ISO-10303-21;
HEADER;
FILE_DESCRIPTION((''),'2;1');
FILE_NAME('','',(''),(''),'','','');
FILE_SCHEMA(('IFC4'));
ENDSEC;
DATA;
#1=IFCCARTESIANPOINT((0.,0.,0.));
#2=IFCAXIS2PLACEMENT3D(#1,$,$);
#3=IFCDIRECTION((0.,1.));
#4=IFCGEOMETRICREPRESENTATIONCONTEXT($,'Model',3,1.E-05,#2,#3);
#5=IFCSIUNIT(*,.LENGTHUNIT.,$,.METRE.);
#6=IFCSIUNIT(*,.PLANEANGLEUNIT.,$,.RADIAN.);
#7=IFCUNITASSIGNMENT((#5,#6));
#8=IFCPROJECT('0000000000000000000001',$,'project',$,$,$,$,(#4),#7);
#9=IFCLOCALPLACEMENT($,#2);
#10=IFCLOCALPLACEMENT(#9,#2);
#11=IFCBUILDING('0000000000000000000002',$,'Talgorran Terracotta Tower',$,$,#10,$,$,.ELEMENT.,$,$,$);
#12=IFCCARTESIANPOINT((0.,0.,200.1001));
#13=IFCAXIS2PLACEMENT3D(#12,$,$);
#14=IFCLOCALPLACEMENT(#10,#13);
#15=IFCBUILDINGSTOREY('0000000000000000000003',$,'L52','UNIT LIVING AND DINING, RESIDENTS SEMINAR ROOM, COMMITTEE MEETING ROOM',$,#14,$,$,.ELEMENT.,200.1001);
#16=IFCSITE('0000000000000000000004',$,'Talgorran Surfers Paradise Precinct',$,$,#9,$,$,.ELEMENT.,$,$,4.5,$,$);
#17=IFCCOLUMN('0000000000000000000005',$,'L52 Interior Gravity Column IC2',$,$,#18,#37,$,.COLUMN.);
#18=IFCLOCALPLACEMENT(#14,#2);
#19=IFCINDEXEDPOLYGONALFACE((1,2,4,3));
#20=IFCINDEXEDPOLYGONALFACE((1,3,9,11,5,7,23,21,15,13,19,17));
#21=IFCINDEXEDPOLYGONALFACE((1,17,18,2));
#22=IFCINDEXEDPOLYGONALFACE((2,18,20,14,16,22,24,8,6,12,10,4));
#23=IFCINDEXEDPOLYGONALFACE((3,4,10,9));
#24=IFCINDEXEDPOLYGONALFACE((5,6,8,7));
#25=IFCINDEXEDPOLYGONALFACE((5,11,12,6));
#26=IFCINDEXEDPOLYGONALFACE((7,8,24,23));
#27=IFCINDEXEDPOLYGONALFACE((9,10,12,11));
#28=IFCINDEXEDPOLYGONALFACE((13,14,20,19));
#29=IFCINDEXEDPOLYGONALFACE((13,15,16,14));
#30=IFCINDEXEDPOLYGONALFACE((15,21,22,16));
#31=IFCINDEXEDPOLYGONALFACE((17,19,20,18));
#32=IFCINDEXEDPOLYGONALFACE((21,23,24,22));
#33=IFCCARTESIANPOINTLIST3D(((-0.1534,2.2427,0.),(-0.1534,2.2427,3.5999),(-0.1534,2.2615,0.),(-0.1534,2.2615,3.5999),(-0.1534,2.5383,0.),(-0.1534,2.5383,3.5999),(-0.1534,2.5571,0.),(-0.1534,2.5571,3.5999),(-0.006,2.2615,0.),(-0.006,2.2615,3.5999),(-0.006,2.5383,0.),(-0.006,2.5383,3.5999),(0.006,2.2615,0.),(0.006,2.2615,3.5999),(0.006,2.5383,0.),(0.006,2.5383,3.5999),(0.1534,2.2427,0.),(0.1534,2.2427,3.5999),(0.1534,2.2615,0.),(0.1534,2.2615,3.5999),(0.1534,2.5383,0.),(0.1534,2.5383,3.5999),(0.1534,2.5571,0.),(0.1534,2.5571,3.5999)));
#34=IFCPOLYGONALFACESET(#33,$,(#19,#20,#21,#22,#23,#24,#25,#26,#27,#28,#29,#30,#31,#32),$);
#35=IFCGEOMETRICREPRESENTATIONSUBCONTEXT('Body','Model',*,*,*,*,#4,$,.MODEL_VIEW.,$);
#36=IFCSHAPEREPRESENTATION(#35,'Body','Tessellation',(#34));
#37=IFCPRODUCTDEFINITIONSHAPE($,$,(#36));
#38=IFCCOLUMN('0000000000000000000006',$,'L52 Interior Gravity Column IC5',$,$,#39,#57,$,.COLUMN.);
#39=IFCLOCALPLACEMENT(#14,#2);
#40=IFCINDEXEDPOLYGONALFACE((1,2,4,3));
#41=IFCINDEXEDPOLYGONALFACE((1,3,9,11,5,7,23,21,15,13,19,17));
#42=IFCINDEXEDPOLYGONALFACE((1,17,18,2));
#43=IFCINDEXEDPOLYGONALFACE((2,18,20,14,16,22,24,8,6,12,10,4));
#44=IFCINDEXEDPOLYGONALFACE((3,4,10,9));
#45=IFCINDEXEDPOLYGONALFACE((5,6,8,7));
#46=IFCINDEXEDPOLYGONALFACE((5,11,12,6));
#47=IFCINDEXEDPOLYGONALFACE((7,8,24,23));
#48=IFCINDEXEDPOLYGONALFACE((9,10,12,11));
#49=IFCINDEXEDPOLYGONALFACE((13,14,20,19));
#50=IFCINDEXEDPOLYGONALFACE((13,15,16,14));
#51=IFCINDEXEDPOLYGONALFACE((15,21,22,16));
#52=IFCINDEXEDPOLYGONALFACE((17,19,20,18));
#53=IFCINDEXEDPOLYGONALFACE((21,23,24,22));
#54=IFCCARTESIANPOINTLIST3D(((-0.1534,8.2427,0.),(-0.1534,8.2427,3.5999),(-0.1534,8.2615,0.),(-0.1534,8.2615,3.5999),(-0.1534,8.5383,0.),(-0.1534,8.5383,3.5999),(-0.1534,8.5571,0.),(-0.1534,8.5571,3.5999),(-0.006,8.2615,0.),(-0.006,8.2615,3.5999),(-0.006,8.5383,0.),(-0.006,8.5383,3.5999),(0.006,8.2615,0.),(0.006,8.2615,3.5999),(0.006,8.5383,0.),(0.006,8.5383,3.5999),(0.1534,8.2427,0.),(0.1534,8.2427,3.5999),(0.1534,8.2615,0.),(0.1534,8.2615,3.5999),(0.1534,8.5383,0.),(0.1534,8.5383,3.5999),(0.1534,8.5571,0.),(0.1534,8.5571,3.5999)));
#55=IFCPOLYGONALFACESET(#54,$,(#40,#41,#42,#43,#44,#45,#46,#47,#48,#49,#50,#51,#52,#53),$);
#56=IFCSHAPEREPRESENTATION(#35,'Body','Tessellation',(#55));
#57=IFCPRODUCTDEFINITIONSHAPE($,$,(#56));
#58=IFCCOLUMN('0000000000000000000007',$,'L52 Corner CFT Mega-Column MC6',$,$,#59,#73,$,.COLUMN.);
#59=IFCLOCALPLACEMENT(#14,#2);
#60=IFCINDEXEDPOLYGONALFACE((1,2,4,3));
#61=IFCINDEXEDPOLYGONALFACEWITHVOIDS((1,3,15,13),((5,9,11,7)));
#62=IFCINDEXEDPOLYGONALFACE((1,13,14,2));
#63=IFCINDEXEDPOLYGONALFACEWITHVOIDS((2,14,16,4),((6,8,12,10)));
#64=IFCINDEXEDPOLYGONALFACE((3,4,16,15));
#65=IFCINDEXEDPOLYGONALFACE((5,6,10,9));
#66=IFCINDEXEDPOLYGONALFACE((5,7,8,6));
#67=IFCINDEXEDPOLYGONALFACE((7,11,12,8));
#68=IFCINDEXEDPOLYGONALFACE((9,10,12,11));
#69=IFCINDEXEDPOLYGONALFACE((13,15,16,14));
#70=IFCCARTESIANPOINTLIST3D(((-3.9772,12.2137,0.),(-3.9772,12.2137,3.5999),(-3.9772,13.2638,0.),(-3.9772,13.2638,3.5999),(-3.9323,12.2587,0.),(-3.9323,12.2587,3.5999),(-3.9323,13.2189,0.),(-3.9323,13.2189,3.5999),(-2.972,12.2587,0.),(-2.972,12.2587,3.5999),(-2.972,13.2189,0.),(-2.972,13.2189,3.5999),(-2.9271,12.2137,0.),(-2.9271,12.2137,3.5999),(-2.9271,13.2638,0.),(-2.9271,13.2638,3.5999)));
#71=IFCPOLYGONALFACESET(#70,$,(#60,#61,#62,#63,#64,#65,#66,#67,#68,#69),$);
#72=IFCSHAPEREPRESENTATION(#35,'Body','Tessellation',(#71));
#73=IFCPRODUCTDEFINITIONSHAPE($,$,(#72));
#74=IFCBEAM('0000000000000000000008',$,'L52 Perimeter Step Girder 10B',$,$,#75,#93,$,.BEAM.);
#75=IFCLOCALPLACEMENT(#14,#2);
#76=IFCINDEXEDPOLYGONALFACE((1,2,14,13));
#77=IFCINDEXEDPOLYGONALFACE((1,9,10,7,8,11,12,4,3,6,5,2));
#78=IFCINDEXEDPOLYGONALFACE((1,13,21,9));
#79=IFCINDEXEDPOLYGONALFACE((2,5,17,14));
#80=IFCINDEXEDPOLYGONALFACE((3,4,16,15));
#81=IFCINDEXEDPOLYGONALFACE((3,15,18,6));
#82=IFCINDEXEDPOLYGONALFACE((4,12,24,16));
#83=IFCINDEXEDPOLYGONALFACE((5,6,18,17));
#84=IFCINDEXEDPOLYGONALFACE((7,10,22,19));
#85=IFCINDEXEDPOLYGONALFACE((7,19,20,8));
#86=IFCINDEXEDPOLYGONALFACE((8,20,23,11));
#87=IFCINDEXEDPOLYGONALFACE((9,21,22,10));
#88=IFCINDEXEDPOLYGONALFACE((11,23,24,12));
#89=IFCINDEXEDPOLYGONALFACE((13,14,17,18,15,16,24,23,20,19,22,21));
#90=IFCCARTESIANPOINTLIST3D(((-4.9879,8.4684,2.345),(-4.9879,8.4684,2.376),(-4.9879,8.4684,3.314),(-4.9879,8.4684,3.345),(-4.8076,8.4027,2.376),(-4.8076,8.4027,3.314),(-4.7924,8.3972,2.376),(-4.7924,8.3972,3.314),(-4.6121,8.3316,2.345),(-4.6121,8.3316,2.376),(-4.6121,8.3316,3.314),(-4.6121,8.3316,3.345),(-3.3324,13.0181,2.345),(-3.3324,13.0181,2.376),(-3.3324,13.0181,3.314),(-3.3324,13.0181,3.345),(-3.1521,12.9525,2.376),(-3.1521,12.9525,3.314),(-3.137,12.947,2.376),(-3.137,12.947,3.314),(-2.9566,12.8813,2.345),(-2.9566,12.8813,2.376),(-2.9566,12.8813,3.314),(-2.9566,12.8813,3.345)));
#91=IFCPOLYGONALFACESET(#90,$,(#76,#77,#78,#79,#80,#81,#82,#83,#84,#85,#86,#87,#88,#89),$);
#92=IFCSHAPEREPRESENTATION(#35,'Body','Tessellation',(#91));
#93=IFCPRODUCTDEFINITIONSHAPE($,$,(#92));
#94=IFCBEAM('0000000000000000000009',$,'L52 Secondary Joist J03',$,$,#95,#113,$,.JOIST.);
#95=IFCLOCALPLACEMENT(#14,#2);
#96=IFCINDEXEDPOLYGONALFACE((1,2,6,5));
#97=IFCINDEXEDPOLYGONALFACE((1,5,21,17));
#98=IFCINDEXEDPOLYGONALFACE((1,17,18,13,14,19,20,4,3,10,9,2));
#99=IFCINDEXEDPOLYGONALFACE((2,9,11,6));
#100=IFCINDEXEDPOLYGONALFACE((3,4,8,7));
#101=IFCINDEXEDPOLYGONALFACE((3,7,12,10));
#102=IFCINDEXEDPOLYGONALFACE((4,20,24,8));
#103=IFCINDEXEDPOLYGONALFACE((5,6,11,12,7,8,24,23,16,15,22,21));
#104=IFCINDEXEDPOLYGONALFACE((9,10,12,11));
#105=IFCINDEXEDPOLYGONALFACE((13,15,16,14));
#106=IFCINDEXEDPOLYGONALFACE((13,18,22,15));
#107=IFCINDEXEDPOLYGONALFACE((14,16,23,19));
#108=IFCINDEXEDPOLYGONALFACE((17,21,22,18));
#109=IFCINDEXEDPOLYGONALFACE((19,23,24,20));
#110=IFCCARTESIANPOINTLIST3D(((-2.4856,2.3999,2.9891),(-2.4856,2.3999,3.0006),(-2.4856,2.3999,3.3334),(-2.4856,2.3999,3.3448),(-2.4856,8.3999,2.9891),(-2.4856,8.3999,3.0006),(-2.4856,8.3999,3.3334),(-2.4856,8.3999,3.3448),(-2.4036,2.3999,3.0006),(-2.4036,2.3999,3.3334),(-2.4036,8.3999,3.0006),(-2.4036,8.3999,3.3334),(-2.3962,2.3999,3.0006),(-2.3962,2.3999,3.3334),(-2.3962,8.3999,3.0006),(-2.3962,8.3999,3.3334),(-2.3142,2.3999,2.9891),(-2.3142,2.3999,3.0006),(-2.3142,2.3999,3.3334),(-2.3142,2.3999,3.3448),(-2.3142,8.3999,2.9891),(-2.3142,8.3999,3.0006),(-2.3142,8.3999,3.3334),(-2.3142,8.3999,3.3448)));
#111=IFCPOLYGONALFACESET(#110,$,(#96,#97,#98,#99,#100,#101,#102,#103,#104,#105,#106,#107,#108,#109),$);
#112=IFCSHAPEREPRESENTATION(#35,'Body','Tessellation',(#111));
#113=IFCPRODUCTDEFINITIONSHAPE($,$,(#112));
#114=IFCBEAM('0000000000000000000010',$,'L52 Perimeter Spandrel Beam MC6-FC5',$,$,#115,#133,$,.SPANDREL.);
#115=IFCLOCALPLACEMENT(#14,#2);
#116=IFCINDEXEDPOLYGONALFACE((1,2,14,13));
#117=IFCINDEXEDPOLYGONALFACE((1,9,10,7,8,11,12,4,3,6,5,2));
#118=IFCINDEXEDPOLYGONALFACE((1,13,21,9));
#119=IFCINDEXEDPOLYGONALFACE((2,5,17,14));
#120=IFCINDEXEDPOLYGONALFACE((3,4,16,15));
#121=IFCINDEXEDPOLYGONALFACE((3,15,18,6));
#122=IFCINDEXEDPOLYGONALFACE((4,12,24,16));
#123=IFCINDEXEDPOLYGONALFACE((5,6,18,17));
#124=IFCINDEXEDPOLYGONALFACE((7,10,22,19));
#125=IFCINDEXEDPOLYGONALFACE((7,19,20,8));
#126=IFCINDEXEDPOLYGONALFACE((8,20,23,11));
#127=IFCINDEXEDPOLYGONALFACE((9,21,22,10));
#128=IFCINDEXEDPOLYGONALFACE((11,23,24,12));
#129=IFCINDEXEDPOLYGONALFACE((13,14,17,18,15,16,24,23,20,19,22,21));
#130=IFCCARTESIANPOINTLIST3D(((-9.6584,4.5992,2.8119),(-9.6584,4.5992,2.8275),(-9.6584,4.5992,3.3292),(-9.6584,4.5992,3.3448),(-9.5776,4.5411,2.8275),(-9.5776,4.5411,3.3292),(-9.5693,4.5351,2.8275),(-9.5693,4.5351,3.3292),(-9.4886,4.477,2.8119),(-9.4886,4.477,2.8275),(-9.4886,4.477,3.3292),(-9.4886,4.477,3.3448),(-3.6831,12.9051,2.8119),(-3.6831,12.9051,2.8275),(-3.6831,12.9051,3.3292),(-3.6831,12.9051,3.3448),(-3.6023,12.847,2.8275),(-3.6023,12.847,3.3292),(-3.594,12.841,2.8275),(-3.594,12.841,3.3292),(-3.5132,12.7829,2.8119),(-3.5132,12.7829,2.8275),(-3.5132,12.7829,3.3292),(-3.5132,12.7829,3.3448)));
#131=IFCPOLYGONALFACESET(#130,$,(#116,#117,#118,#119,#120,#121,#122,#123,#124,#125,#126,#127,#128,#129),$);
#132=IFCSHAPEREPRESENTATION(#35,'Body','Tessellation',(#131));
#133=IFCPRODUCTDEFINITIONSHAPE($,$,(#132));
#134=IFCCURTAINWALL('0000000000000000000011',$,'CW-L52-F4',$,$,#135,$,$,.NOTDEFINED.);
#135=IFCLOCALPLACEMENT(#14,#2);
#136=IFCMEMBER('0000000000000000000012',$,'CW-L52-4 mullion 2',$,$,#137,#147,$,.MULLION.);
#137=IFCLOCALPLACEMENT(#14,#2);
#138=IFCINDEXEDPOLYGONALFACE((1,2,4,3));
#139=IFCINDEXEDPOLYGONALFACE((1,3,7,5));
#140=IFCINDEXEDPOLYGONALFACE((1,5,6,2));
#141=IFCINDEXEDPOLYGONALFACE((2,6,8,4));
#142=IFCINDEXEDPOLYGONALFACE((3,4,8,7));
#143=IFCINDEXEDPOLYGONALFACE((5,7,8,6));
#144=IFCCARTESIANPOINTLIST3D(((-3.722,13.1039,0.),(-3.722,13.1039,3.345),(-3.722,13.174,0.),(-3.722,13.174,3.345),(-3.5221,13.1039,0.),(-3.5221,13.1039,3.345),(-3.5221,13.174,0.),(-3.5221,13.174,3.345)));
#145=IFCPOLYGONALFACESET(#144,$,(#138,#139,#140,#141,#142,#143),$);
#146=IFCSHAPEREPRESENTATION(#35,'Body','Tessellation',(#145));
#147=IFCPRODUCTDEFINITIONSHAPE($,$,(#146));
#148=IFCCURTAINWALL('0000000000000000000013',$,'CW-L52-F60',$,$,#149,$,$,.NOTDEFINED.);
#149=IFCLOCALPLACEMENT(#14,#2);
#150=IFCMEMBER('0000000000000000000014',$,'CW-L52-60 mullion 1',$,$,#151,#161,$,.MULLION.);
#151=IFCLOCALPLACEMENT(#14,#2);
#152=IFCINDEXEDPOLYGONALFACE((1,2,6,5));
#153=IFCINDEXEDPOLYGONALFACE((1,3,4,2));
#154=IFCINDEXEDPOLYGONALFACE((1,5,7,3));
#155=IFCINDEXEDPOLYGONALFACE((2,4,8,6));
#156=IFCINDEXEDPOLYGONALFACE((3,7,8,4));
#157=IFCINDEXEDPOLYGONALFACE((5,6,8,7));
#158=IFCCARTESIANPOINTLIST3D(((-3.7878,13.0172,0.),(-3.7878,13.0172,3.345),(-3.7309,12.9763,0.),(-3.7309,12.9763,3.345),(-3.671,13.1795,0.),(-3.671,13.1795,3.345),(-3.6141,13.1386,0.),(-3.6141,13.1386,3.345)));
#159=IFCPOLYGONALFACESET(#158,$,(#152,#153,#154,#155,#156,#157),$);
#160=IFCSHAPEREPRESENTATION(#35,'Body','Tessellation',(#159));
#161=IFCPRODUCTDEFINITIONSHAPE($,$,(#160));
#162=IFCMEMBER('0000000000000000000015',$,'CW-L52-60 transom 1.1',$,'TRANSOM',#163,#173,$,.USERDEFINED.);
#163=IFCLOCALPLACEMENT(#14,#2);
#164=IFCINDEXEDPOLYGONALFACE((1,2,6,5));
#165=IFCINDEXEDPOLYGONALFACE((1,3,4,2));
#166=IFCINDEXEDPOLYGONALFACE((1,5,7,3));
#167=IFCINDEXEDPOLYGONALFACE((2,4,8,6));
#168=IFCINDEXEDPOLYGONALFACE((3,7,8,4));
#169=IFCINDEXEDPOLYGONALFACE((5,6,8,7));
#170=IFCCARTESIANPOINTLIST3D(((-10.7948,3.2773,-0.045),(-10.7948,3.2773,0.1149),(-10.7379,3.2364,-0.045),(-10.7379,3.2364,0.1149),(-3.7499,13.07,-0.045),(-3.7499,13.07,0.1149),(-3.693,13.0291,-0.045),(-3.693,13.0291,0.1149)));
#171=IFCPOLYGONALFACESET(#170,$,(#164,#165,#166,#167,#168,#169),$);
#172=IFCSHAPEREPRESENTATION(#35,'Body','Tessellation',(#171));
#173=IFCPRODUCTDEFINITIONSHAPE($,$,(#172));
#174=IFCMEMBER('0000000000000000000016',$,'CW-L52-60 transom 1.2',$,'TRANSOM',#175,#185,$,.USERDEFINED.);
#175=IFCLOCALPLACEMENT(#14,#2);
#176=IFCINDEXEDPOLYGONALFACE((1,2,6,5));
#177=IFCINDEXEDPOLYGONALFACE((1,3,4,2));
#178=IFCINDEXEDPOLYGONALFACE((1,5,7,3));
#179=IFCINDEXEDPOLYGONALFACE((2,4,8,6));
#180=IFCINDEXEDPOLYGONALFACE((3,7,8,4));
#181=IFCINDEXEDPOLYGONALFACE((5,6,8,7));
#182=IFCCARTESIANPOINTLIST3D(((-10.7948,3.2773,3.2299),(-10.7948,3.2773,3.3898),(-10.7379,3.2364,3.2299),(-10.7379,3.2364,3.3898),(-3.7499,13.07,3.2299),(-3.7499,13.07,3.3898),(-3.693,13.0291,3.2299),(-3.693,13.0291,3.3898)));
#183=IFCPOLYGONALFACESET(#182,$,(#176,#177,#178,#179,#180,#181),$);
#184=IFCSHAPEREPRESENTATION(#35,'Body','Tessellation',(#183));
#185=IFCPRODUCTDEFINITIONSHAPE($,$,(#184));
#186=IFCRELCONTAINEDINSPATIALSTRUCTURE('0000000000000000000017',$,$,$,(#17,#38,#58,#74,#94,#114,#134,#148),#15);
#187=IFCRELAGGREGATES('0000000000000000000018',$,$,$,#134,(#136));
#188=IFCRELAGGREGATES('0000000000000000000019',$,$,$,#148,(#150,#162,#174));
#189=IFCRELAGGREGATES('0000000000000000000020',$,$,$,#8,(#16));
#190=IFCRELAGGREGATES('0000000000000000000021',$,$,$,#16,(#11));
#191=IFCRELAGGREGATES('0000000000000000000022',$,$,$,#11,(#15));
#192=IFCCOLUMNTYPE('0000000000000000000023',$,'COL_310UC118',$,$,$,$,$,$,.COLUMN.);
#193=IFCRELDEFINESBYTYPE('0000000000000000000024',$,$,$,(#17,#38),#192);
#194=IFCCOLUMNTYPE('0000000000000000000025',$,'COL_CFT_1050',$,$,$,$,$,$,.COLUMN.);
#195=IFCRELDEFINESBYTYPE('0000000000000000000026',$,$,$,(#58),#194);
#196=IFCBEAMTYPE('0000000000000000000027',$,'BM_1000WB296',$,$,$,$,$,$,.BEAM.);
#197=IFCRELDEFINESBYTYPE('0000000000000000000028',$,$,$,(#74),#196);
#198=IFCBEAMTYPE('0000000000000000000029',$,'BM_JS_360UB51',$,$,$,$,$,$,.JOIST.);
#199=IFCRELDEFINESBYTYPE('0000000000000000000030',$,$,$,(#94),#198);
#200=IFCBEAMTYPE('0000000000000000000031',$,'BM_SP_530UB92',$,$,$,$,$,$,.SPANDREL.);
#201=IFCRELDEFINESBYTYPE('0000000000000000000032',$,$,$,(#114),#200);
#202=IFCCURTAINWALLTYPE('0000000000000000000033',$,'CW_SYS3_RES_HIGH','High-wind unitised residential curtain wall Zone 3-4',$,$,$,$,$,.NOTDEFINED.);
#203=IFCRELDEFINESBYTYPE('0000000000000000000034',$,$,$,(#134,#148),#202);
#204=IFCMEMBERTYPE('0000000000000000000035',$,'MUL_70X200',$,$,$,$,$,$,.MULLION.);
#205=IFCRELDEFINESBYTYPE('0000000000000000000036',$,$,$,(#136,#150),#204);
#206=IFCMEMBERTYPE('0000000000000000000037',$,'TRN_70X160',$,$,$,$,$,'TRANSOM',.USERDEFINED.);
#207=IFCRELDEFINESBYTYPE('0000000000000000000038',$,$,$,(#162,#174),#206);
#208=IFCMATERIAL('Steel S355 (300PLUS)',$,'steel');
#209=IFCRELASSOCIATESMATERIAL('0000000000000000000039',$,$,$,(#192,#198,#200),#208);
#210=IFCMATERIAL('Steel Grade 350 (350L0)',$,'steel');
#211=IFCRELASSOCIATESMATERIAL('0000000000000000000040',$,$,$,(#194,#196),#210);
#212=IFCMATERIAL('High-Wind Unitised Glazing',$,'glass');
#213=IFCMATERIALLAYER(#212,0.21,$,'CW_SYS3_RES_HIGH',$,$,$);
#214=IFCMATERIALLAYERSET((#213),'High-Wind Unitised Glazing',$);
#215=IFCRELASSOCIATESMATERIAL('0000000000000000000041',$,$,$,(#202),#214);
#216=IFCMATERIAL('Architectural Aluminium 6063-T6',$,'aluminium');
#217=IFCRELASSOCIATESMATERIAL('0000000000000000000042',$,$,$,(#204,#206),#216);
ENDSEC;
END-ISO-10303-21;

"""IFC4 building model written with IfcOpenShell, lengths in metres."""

from ifc_helpers import new_model, si_unit, direction, frame, origin, origin_2d, place, context, subcontext, project, spatial, rectangle, hollow_rectangle, i_section, extrude, material, layer, layer_set, material_profile, profile_set, type_object, element, aggregate, save


model = new_model("IFC4")

# Units and contexts
model_context = context("Model", 3, precision=1e-05, world=origin(), true_north=direction((0.0, 1.0)))
body_context = subcontext(model_context, "Body", "Model", "MODEL_VIEW")
ifc_project = project(units=[si_unit("LENGTHUNIT", "METRE"), si_unit("PLANEANGLEUNIT", "RADIAN")], contexts=[model_context])

# Site, building, storey
site_placement = place(None, origin())
site = spatial("IfcSite", under=ifc_project, at=site_placement, Name="Talgorran Surfers Paradise Precinct", CompositionType="ELEMENT", RefElevation=4.5)
building_placement = place(site_placement, origin())
building = spatial("IfcBuilding", under=site, at=building_placement, Name="Talgorran Terracotta Tower", CompositionType="ELEMENT")
storey_placement = place(building_placement, frame((0.0, 0.0, 200.1001)))
storey = spatial("IfcBuildingStorey", under=building, at=storey_placement, Name="L52", Description="UNIT LIVING AND DINING, RESIDENTS SEMINAR ROOM, COMMITTEE MEETING ROOM", CompositionType="ELEMENT", Elevation=200.1001)

# Columns
ifc_material_1 = material(Name="Steel S355 (300PLUS)", Category="steel")
ifc_material_profile_1 = material_profile(ifc_material_1, i_section(OverallWidth=0.3069, OverallDepth=0.3145, WebThickness=0.012, FlangeThickness=0.0188, at=origin_2d()), Name="310UC118")
ifc_profile_set_1 = profile_set([ifc_material_profile_1], Name="Steel S355 (300PLUS)")
column_type_1 = type_object("IfcColumnType", Name="COL_310UC118", PredefinedType="COLUMN", material=ifc_profile_set_1)
for number, where, z_axis, x_axis, name in (
    (1, (0.0, 2.3999, 0.0), (0.0, 0.0, 1.0), (1.0, 0.0, 0.0), "L52 Interior Gravity Column IC2"),
    (2, (0.0, 8.3999, 0.0), (0.0, 0.0, 1.0), (1.0, 0.0, 0.0), "L52 Interior Gravity Column IC5"),
):
    element("IfcColumn", number, at=place(storey_placement, frame(where, z_axis=z_axis, x_axis=x_axis)), inside=storey, type_object=column_type_1, Name=name, PredefinedType="COLUMN", context=body_context, shape_type="SweptSolid", body=[
        extrude(i_section(OverallWidth=0.3069, OverallDepth=0.3145, WebThickness=0.012, FlangeThickness=0.0188, at=origin_2d()), origin(), (0.0, 0.0, 1.0), 3.5999),
    ])
ifc_material_2 = material(Name="Steel Grade 350 (350L0)", Category="steel")
ifc_material_profile_2 = material_profile(ifc_material_2, hollow_rectangle(XDim=1.05, YDim=1.05, WallThickness=0.0449, at=origin_2d()), Name="CFT1050X1050X45")
ifc_profile_set_2 = profile_set([ifc_material_profile_2], Name="Steel Grade 350 (350L0)")
column_type_2 = type_object("IfcColumnType", Name="COL_CFT_1050", PredefinedType="COLUMN", material=ifc_profile_set_2)
column_placement = place(storey_placement, frame((-3.4521, 12.7388, 0.0), z_axis=(0.0, 0.0, 1.0), x_axis=(1.0, 0.0, 0.0)))
element("IfcColumn", 3, at=column_placement, inside=storey, type_object=column_type_2, Name="L52 Corner CFT Mega-Column MC6", PredefinedType="COLUMN", context=body_context, shape_type="SweptSolid", body=[
    extrude(hollow_rectangle(XDim=1.05, YDim=1.05, WallThickness=0.0449, at=origin_2d()), origin(), (0.0, 0.0, 1.0), 3.5999),
])

# Beams
ifc_material_profile_3 = material_profile(ifc_material_2, i_section(OverallWidth=0.3999, OverallDepth=1.0, WebThickness=0.0161, FlangeThickness=0.031, at=origin_2d()), Name="1000WB296")
ifc_profile_set_3 = profile_set([ifc_material_profile_3], Name="Steel Grade 350 (350L0)")
beam_type_1 = type_object("IfcBeamType", Name="BM_1000WB296", PredefinedType="BEAM", material=ifc_profile_set_3)
beam_1_placement = place(storey_placement, frame((-3.1445, 12.9497, 2.845), z_axis=(-0.341933, -0.939724, 0.0), x_axis=(0.939724, -0.341933, 0.0)))
element("IfcBeam", 4, at=beam_1_placement, inside=storey, type_object=beam_type_1, Name="L52 Perimeter Step Girder 10B", PredefinedType="BEAM", context=body_context, shape_type="SweptSolid", body=[
    extrude(i_section(OverallWidth=0.3999, OverallDepth=1.0, WebThickness=0.0161, FlangeThickness=0.031, at=origin_2d()), origin(), (0.0, 0.0, 1.0), 4.8416),
])
ifc_material_profile_4 = material_profile(ifc_material_1, i_section(OverallWidth=0.1714, OverallDepth=0.3557, WebThickness=0.0073, FlangeThickness=0.0115, at=origin_2d()), Name="360UB50.7")
ifc_profile_set_4 = profile_set([ifc_material_profile_4], Name="Steel S355 (300PLUS)")
beam_type_2 = type_object("IfcBeamType", Name="BM_JS_360UB51", PredefinedType="JOIST", material=ifc_profile_set_4)
beam_2_placement = place(storey_placement, frame((-2.3999, 2.3999, 3.167), z_axis=(0.0, 1.0, 0.0), x_axis=(-1.0, 0.0, 0.0)))
element("IfcBeam", 5, at=beam_2_placement, inside=storey, type_object=beam_type_2, Name="L52 Secondary Joist J03", PredefinedType="JOIST", context=body_context, shape_type="SweptSolid", body=[
    extrude(i_section(OverallWidth=0.1714, OverallDepth=0.3557, WebThickness=0.0073, FlangeThickness=0.0115, at=origin_2d()), origin(), (0.0, 0.0, 1.0), 6.0),
])
ifc_material_profile_5 = material_profile(ifc_material_1, i_section(OverallWidth=0.2092, OverallDepth=0.533, WebThickness=0.0103, FlangeThickness=0.0156, at=origin_2d()), Name="530UB92.4")
ifc_profile_set_5 = profile_set([ifc_material_profile_5], Name="Steel S355 (300PLUS)")
beam_type_3 = type_object("IfcBeamType", Name="BM_SP_530UB92", PredefinedType="SPANDREL", material=ifc_profile_set_5)
beam_3_placement = place(storey_placement, frame((-3.5981, 12.844, 3.0784), z_axis=(-0.583989, -0.811762, 0.0), x_axis=(0.811762, -0.583989, 0.0)))
element("IfcBeam", 6, at=beam_3_placement, inside=storey, type_object=beam_type_3, Name="L52 Perimeter Spandrel Beam MC6-FC5", PredefinedType="SPANDREL", context=body_context, shape_type="SweptSolid", body=[
    extrude(i_section(OverallWidth=0.2092, OverallDepth=0.533, WebThickness=0.0103, FlangeThickness=0.0156, at=origin_2d()), origin(), (0.0, 0.0, 1.0), 10.2319),
])

# Curtain wall, member
ifc_material_3 = material(Name="High-Wind Unitised Glazing", Category="glass")
ifc_layer_1 = layer(ifc_material_3, 0.21, Name="CW_SYS3_RES_HIGH")
ifc_layer_set_1 = layer_set([ifc_layer_1], Name="High-Wind Unitised Glazing")
curtain_wall_type = type_object("IfcCurtainWallType", Name="CW_SYS3_RES_HIGH", Description="High-wind unitised residential curtain wall Zone 3-4", PredefinedType="NOTDEFINED", material=ifc_layer_set_1)
curtain_wall_1_placement = place(storey_placement, origin())
curtain_wall_1 = element("IfcCurtainWall", 7, at=curtain_wall_1_placement, inside=storey, type_object=curtain_wall_type, Name="CW-L52-F4", PredefinedType="NOTDEFINED")
ifc_material_4 = material(Name="Architectural Aluminium 6063-T6", Category="aluminium")
ifc_material_profile_6 = material_profile(ifc_material_4, rectangle(XDim=0.0701, YDim=0.2, at=origin_2d()), Name="CWM70X200")
ifc_profile_set_6 = profile_set([ifc_material_profile_6], Name="Architectural Aluminium 6063-T6")
member_type_1 = type_object("IfcMemberType", Name="MUL_70X200", PredefinedType="MULLION", material=ifc_profile_set_6)
member_1_placement = place(storey_placement, frame((-3.6221, 13.1389, 0.0), z_axis=(0.0, 0.0, 1.0), x_axis=(0.0, -1.0, 0.0)))
member_1 = element("IfcMember", 8, at=member_1_placement, type_object=member_type_1, Name="CW-L52-4 mullion 2", PredefinedType="MULLION", context=body_context, shape_type="SweptSolid", body=[
    extrude(rectangle(XDim=0.0701, YDim=0.2, at=origin_2d()), origin(), (0.0, 0.0, 1.0), 3.345),
])
aggregate(curtain_wall_1, [member_1])

# Curtain wall, members
curtain_wall_2_placement = place(storey_placement, origin())
curtain_wall_2 = element("IfcCurtainWall", 9, at=curtain_wall_2_placement, inside=storey, type_object=curtain_wall_type, Name="CW-L52-F60", PredefinedType="NOTDEFINED")
member_2_placement = place(storey_placement, frame((-3.7009, 13.0779, 0.0), z_axis=(0.0, 0.0, 1.0), x_axis=(0.811764, -0.583986, 0.0)))
member_2 = element("IfcMember", 10, at=member_2_placement, type_object=member_type_1, Name="CW-L52-60 mullion 1", PredefinedType="MULLION", context=body_context, shape_type="SweptSolid", body=[
    extrude(rectangle(XDim=0.0701, YDim=0.2, at=origin_2d()), origin(), (0.0, 0.0, 1.0), 3.345),
])
ifc_material_profile_7 = material_profile(ifc_material_4, rectangle(XDim=0.0701, YDim=0.1599, at=origin_2d()), Name="CWT70X160")
ifc_profile_set_7 = profile_set([ifc_material_profile_7], Name="Architectural Aluminium 6063-T6")
member_type_2 = type_object("IfcMemberType", Name="TRN_70X160", ElementType="TRANSOM", PredefinedType="USERDEFINED", material=ifc_profile_set_7)
member_3_placement = place(storey_placement, frame((-3.7214, 13.0496, 0.0349), z_axis=(-0.583986, -0.811764, 0.0), x_axis=(0.811764, -0.583986, 0.0)))
member_3 = element("IfcMember", 11, at=member_3_placement, type_object=member_type_2, Name="CW-L52-60 transom 1.1", ObjectType="TRANSOM", PredefinedType="USERDEFINED", context=body_context, shape_type="SweptSolid", body=[
    extrude(rectangle(XDim=0.0701, YDim=0.1599, at=origin_2d()), origin(), (0.0, 0.0, 1.0), 12.0635),
])
member_4_placement = place(storey_placement, frame((-3.7214, 13.0496, 3.3098), z_axis=(-0.583986, -0.811764, 0.0), x_axis=(0.811764, -0.583986, 0.0)))
member_4 = element("IfcMember", 12, at=member_4_placement, type_object=member_type_2, Name="CW-L52-60 transom 1.2", ObjectType="TRANSOM", PredefinedType="USERDEFINED", context=body_context, shape_type="SweptSolid", body=[
    extrude(rectangle(XDim=0.0701, YDim=0.1599, at=origin_2d()), origin(), (0.0, 0.0, 1.0), 12.0635),
])
aggregate(curtain_wall_2, [member_2, member_3, member_4])

save(model, "model.ifc")
